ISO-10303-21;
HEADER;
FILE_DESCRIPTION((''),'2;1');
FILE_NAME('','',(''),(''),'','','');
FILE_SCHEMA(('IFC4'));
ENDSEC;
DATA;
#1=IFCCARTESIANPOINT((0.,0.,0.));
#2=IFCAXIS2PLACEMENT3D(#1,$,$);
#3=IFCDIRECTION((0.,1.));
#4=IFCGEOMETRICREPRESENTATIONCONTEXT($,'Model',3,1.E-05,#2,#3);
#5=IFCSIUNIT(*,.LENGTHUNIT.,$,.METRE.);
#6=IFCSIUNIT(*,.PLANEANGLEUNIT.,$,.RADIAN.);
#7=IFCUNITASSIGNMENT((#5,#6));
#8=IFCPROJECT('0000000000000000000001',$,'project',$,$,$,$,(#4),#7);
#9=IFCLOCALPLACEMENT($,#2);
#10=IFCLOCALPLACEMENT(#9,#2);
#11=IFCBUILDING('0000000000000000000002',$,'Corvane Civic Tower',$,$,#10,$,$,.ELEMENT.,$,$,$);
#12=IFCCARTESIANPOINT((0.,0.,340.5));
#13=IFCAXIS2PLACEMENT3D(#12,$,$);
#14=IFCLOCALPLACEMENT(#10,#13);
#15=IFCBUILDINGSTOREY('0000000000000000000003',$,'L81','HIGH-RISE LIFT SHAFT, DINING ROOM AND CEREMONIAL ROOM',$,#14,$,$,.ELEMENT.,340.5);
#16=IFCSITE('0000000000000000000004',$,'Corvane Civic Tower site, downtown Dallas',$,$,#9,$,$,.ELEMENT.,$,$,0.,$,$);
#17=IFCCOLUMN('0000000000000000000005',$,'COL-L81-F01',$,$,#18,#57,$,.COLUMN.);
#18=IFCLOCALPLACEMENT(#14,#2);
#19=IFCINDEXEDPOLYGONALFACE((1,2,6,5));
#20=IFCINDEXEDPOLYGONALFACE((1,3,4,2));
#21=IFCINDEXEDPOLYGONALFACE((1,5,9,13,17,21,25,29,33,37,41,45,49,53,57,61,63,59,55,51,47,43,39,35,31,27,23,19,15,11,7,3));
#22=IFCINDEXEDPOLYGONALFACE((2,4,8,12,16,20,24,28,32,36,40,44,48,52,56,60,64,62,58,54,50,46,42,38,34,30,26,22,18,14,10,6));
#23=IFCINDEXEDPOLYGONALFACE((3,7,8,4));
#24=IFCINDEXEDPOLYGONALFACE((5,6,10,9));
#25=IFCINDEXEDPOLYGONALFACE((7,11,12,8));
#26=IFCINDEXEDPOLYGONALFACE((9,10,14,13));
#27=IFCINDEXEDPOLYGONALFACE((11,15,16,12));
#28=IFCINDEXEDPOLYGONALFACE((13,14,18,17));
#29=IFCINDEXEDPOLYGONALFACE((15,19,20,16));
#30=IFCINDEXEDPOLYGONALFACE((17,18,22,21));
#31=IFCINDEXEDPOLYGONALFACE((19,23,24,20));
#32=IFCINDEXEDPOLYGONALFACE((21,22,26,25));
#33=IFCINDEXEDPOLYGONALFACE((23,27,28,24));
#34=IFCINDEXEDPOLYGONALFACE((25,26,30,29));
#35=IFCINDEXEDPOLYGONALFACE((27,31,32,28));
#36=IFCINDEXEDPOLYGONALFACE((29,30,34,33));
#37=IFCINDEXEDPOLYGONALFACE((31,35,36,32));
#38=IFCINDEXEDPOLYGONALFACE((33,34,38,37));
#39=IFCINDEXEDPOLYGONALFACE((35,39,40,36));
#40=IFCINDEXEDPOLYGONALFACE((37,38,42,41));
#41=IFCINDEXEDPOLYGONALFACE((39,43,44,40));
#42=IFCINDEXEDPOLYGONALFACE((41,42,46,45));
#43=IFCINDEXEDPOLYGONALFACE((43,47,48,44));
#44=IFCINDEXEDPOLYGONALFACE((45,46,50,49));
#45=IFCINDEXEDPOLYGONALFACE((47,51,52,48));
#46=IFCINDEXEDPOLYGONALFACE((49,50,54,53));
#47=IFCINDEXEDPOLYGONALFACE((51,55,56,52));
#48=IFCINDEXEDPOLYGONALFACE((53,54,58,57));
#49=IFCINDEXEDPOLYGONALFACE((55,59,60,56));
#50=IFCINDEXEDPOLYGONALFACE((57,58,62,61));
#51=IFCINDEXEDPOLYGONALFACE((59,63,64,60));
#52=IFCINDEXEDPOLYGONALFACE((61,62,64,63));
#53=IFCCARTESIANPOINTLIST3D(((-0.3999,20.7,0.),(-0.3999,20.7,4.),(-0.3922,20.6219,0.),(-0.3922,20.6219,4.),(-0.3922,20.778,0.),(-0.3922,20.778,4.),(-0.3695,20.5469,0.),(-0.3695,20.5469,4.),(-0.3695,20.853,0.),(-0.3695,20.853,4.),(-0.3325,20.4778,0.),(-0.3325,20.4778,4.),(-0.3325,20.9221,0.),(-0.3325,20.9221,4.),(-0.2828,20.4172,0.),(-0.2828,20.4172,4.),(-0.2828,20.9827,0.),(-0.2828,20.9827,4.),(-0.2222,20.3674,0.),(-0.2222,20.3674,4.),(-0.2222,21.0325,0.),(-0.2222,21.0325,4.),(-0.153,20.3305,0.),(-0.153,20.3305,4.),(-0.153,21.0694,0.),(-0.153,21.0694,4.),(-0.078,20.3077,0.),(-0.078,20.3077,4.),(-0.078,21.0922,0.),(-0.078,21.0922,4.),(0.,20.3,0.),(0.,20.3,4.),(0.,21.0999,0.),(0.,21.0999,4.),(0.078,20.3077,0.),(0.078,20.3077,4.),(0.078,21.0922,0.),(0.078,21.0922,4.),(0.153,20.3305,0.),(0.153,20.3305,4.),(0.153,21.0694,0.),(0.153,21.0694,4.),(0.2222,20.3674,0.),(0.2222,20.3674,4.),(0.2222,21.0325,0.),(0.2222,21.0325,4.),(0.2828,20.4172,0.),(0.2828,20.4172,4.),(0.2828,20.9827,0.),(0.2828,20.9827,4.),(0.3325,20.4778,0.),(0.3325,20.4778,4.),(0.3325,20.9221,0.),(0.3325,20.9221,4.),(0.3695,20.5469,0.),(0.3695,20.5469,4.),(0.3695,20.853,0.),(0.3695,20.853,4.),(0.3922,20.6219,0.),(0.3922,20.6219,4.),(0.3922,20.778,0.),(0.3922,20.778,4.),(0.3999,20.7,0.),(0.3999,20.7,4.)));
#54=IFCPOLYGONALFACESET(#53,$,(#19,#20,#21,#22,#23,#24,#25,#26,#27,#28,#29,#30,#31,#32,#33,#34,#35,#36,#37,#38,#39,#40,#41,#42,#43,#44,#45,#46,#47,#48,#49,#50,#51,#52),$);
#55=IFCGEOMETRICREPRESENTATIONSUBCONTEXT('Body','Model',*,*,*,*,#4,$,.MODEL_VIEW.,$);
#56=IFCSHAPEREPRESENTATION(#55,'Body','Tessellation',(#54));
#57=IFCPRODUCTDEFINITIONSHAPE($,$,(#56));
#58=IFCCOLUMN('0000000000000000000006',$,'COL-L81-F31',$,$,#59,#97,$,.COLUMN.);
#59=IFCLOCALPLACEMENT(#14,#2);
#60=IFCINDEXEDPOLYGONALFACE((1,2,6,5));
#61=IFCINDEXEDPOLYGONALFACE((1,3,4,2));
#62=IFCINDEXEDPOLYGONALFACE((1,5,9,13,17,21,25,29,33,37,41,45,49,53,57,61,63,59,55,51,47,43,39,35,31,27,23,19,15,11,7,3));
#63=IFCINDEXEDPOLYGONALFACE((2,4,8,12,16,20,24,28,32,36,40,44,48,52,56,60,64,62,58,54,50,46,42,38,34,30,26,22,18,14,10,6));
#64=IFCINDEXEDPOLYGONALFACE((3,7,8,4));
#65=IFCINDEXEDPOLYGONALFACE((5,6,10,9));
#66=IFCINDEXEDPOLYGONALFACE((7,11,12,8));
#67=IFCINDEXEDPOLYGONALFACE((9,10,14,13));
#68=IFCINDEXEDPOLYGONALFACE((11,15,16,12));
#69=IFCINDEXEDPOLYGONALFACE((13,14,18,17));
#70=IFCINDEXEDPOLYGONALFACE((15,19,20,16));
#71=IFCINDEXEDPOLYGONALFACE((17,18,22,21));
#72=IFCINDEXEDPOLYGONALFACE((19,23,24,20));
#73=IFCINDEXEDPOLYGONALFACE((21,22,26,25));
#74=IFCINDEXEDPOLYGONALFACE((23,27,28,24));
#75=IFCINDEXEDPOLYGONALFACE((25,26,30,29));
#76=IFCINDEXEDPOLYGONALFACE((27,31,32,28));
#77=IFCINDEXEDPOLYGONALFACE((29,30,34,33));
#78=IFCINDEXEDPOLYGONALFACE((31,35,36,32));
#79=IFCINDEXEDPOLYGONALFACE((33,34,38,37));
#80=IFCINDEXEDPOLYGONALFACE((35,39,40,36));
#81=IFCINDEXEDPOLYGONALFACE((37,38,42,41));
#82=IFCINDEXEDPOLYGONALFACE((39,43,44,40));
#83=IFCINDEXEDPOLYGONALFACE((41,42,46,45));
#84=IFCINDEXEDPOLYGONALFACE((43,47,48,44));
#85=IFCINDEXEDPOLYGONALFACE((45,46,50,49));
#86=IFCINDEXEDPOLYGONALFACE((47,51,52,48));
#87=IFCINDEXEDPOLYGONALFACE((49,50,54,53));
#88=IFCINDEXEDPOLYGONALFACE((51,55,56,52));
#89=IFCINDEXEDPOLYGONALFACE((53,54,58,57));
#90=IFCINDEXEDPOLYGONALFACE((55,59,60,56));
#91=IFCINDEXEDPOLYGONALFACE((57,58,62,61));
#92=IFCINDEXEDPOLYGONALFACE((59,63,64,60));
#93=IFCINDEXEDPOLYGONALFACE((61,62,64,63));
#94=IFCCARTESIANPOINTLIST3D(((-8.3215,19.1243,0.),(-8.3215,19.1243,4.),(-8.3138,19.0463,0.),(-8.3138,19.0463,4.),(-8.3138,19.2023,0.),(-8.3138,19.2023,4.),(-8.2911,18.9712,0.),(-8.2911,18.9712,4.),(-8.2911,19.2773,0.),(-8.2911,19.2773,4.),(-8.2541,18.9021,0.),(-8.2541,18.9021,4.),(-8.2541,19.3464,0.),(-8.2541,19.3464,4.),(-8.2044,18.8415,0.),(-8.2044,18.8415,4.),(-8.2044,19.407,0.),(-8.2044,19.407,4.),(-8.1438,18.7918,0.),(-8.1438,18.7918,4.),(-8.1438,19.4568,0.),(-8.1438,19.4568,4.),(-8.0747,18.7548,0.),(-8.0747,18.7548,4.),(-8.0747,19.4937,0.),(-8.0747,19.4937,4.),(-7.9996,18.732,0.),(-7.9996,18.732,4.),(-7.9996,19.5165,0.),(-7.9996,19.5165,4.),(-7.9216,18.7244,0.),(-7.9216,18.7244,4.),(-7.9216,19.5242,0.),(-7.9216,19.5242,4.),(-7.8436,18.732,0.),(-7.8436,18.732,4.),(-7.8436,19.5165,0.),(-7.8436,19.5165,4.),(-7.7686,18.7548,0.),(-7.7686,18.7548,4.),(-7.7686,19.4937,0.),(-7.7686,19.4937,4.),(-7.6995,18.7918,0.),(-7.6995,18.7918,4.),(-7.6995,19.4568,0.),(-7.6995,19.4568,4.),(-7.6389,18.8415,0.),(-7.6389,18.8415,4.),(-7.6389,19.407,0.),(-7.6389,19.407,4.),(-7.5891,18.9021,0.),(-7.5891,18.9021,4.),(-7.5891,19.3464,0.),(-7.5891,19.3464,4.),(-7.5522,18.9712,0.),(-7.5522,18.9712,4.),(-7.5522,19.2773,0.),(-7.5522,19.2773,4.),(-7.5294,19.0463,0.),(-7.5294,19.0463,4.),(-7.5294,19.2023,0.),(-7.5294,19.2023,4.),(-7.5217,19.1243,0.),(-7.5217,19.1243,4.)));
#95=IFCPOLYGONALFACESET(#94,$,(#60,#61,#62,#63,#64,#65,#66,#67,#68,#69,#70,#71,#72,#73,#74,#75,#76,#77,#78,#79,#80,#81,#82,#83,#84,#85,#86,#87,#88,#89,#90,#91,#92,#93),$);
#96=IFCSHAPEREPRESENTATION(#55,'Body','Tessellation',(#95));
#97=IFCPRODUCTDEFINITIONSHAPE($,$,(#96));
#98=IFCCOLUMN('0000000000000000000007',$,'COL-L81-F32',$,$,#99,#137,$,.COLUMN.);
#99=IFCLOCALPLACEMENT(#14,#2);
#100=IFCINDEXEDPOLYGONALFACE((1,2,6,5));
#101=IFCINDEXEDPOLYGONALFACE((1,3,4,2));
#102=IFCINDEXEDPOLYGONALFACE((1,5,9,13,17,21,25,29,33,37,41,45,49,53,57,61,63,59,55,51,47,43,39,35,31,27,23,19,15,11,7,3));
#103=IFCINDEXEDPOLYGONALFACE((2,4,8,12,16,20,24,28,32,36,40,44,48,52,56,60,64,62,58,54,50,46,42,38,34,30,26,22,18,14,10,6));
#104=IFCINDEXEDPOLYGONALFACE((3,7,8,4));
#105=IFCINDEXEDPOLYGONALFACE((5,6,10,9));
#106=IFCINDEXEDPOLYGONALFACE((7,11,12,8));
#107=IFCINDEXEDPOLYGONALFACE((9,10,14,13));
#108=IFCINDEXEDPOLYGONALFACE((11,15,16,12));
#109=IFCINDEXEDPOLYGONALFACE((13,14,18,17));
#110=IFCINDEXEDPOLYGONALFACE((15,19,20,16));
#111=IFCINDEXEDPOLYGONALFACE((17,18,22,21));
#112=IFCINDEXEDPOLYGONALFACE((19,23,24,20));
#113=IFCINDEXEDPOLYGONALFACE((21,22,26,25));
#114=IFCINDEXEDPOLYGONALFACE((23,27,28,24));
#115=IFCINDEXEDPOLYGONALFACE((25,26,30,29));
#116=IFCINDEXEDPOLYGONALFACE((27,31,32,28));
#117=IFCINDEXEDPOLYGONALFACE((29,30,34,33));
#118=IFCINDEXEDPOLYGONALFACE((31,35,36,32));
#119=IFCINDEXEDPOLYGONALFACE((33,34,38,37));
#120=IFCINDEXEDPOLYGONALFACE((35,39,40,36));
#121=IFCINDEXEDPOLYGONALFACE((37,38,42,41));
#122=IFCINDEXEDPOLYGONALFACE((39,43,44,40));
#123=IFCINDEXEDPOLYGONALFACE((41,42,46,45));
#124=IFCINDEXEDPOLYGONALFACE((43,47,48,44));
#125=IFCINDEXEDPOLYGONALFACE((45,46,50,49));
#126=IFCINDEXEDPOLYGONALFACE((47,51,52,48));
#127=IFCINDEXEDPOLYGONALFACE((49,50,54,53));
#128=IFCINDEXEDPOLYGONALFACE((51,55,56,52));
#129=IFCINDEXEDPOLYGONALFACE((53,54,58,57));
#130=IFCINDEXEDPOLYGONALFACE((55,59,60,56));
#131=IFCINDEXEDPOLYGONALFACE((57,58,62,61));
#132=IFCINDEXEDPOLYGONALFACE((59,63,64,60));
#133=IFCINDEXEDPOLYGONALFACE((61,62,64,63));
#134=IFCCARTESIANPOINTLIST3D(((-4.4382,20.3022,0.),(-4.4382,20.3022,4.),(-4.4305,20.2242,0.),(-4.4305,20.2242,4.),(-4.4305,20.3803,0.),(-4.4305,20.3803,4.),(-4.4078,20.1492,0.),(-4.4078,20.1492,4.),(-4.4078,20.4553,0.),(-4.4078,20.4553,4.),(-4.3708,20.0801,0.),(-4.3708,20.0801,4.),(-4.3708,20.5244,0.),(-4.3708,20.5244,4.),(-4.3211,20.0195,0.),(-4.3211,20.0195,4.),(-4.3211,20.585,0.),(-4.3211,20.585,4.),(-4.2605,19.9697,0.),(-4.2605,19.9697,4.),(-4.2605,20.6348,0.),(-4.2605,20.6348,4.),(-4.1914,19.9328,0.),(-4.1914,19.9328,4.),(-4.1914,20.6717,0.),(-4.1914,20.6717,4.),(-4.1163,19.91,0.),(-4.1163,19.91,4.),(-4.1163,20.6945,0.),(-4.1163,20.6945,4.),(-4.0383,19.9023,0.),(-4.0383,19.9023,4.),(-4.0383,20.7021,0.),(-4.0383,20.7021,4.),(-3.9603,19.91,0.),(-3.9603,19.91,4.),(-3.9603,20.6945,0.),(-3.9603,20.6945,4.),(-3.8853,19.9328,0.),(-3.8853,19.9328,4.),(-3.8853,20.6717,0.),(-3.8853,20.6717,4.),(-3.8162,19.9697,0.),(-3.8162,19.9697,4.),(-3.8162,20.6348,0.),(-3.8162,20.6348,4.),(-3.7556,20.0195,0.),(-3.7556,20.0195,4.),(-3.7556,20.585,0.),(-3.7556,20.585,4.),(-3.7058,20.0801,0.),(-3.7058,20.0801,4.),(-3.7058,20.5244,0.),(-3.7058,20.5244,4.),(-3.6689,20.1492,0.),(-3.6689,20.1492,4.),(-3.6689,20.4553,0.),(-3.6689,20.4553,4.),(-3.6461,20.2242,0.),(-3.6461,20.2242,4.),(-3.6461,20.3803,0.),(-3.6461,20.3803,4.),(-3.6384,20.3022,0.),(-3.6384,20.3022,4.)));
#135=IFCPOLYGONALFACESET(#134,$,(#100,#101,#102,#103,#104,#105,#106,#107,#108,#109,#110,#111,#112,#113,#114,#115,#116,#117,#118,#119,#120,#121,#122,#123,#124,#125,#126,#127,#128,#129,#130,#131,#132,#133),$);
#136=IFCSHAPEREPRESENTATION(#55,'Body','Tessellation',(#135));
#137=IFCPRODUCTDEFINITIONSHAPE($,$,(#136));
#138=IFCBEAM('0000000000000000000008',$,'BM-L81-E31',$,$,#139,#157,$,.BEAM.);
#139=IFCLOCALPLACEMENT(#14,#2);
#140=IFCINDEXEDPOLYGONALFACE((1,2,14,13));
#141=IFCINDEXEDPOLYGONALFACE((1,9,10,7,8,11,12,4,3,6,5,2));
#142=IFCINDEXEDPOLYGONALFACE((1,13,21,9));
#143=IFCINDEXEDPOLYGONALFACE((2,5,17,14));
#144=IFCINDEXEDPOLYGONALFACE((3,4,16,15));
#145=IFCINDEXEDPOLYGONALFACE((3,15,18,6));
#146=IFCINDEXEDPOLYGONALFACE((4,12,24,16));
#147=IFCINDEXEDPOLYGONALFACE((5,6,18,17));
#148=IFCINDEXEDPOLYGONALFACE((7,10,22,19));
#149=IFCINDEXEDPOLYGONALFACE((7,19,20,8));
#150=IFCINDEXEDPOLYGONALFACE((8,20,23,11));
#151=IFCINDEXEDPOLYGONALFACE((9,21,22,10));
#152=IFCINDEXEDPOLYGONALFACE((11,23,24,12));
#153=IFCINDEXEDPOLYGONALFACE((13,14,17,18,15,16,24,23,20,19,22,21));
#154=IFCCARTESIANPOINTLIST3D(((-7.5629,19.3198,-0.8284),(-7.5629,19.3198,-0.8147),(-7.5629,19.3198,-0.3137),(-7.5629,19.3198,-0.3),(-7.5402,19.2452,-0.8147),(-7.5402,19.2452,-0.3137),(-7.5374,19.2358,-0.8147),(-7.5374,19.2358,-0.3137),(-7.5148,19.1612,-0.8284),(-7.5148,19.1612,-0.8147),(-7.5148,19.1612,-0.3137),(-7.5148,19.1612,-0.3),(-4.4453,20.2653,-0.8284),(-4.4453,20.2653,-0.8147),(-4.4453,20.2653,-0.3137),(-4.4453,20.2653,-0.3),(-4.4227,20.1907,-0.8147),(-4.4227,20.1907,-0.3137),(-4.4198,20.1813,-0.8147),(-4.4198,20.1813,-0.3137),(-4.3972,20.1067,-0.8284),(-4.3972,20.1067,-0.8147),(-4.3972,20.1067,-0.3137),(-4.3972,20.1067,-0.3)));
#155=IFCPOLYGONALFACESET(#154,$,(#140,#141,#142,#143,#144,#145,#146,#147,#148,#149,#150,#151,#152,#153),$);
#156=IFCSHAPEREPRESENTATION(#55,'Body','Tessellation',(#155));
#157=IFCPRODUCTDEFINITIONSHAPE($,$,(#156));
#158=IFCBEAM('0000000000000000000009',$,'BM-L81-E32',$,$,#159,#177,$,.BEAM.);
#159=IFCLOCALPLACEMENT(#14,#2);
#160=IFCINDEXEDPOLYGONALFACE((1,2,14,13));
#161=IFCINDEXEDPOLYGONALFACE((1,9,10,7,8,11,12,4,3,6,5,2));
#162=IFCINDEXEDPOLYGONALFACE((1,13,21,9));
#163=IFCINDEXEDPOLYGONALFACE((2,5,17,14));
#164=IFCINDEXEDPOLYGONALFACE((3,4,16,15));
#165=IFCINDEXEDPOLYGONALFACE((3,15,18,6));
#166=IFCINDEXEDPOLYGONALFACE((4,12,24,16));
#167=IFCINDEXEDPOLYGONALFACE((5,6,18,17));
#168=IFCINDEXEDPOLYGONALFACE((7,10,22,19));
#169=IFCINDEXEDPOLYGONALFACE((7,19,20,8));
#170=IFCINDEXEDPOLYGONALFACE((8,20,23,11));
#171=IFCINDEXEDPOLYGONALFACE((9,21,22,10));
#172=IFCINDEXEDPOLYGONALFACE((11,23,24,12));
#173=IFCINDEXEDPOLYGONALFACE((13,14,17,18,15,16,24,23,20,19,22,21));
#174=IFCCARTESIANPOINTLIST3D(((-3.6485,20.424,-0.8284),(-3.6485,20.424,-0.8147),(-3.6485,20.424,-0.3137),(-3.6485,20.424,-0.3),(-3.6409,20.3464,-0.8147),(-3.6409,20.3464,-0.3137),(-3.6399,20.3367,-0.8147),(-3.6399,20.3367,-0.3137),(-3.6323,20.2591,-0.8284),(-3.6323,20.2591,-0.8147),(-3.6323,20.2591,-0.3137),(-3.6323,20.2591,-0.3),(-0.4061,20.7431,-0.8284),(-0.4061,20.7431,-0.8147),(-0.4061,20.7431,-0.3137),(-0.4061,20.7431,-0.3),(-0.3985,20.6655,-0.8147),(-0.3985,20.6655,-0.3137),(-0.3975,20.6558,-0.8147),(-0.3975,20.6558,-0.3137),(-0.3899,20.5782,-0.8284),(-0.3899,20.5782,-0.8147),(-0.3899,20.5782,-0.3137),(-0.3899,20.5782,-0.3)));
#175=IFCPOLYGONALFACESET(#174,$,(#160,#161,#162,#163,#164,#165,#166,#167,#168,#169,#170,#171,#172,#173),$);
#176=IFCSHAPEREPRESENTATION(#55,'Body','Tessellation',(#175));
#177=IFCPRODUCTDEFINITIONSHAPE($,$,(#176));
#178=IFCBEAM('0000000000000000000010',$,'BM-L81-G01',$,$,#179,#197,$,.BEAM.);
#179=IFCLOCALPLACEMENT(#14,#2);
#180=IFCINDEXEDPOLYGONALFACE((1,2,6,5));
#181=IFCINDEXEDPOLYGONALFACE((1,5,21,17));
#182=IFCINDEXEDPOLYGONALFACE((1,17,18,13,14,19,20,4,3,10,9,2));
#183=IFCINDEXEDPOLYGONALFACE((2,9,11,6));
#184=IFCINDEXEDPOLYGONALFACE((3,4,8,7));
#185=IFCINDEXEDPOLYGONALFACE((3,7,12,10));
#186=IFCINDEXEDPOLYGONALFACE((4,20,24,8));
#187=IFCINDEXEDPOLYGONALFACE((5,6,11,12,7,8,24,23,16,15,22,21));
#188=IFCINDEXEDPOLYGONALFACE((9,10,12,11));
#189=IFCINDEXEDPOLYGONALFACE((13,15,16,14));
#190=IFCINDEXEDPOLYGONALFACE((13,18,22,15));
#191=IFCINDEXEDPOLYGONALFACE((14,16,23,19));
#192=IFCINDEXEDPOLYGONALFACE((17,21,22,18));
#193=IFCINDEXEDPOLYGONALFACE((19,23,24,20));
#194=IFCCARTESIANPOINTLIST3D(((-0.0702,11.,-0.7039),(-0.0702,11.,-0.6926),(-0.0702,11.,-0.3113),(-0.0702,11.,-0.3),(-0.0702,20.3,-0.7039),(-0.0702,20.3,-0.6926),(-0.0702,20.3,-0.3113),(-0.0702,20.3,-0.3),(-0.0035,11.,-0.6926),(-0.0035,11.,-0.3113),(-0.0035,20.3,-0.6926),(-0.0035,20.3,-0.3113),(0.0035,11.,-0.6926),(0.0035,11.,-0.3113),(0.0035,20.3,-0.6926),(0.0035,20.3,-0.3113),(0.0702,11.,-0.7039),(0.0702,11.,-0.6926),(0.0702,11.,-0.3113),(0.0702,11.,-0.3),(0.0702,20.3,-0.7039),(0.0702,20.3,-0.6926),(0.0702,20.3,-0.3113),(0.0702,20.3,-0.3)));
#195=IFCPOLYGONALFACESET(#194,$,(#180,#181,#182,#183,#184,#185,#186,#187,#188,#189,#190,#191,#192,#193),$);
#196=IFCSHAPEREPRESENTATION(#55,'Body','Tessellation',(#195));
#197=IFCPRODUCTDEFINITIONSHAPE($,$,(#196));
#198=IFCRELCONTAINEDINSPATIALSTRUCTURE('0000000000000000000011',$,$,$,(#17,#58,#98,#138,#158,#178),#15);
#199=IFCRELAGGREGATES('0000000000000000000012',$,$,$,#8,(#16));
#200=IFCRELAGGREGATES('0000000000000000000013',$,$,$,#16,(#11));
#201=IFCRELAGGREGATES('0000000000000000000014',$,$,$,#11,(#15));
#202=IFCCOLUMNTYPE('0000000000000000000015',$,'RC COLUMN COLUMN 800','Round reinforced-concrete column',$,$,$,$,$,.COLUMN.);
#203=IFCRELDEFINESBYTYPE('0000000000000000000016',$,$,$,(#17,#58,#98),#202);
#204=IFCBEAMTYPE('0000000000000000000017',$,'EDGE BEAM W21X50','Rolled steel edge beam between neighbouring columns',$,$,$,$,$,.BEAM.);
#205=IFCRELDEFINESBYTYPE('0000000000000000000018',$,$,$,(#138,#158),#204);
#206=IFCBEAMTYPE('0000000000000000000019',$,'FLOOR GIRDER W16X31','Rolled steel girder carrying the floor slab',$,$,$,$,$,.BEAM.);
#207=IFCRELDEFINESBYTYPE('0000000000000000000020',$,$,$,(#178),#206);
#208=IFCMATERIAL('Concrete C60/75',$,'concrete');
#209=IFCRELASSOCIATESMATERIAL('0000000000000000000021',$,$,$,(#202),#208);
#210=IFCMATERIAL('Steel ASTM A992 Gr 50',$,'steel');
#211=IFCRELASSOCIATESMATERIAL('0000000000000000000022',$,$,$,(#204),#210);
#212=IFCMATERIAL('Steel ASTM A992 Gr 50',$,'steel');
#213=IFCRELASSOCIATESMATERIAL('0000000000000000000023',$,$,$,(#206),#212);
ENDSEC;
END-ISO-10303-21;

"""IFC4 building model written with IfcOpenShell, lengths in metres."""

from ifc_helpers import new_model, si_unit, direction, frame, origin, origin_2d, place, context, subcontext, project, spatial, circle, i_section, extrude, material, material_profile, profile_set, type_object, element, save


model = new_model("IFC4")

# Units and contexts
model_context = context("Model", 3, precision=1e-05, world=origin(), true_north=direction((0.0, 1.0)))
body_context = subcontext(model_context, "Body", "Model", "MODEL_VIEW")
ifc_project = project(units=[si_unit("LENGTHUNIT", "METRE"), si_unit("PLANEANGLEUNIT", "RADIAN")], contexts=[model_context])

# Site, building, storey
site_placement = place(None, origin())
site = spatial("IfcSite", under=ifc_project, at=site_placement, Name="Corvane Civic Tower site, downtown Dallas", CompositionType="ELEMENT", RefElevation=0.0)
building_placement = place(site_placement, origin())
building = spatial("IfcBuilding", under=site, at=building_placement, Name="Corvane Civic Tower", CompositionType="ELEMENT")
storey_placement = place(building_placement, frame((0.0, 0.0, 340.5)))
storey = spatial("IfcBuildingStorey", under=building, at=storey_placement, Name="L81", Description="HIGH-RISE LIFT SHAFT, DINING ROOM AND CEREMONIAL ROOM", CompositionType="ELEMENT", Elevation=340.5)

# Columns
ifc_material_1 = material(Name="Concrete C60/75", Category="concrete")
ifc_material_profile_1 = material_profile(ifc_material_1, circle(Radius=0.3999, at=origin_2d()), Name="COLUMN 800")
ifc_profile_set_1 = profile_set([ifc_material_profile_1], Name="Concrete C60/75")
column_type = type_object("IfcColumnType", Name="RC COLUMN COLUMN 800", Description="Round reinforced-concrete column", PredefinedType="COLUMN", material=ifc_profile_set_1)
for number, where, z_axis, x_axis, name in (
    (1, (0.0, 20.7, 0.0), (0.0, 0.0, 1.0), (1.0, 0.0, 0.0), "COL-L81-F01"),
    (2, (-7.9216, 19.1243, 0.0), (0.0, 0.0, 1.0), (1.0, 0.0, 0.0), "COL-L81-F31"),
    (3, (-4.0383, 20.3022, 0.0), (0.0, 0.0, 1.0), (1.0, 0.0, 0.0), "COL-L81-F32"),
):
    element("IfcColumn", number, at=place(storey_placement, frame(where, z_axis=z_axis, x_axis=x_axis)), inside=storey, type_object=column_type, Name=name, PredefinedType="COLUMN", context=body_context, shape_type="SweptSolid", body=[
        extrude(circle(Radius=0.3999, at=origin_2d()), origin(), (0.0, 0.0, 1.0), 4.0),
    ])

# Beams
ifc_material_2 = material(Name="Steel ASTM A992 Gr 50", Category="steel")
ifc_material_profile_2 = material_profile(ifc_material_2, i_section(OverallWidth=0.1658, OverallDepth=0.5283, WebThickness=0.0098, FlangeThickness=0.0137, at=origin_2d()), Name="W21X50")
ifc_profile_set_2 = profile_set([ifc_material_profile_2], Name="Steel ASTM A992 Gr 50")
beam_type_1 = type_object("IfcBeamType", Name="EDGE BEAM W21X50", Description="Rolled steel edge beam between neighbouring columns", PredefinedType="BEAM", material=ifc_profile_set_2)
beam_1_placement = place(storey_placement, frame((-7.5388, 19.2405, -0.5642), z_axis=(0.956956, 0.290234, 0.0), x_axis=(-0.290234, 0.956956, 0.0)))
element("IfcBeam", 4, at=beam_1_placement, inside=storey, type_object=beam_type_1, Name="BM-L81-E31", PredefinedType="BEAM", context=body_context, shape_type="SweptSolid", body=[
    extrude(i_section(OverallWidth=0.1658, OverallDepth=0.5283, WebThickness=0.0098, FlangeThickness=0.0137, at=origin_2d()), origin(), (0.0, 0.0, 1.0), 3.2578),
])
beam_2_placement = place(storey_placement, frame((-3.6404, 20.3416, -0.5642), z_axis=(0.995193, 0.097938, 0.0), x_axis=(-0.097938, 0.995193, 0.0)))
element("IfcBeam", 5, at=beam_2_placement, inside=storey, type_object=beam_type_1, Name="BM-L81-E32", PredefinedType="BEAM", context=body_context, shape_type="SweptSolid", body=[
    extrude(i_section(OverallWidth=0.1658, OverallDepth=0.5283, WebThickness=0.0098, FlangeThickness=0.0137, at=origin_2d()), origin(), (0.0, 0.0, 1.0), 3.2581),
])
ifc_material_3 = material(Name="Steel ASTM A992 Gr 50", Category="steel")
ifc_material_profile_3 = material_profile(ifc_material_3, i_section(OverallWidth=0.1404, OverallDepth=0.4038, WebThickness=0.0071, FlangeThickness=0.0112, at=origin_2d()), Name="W16X31")
ifc_profile_set_3 = profile_set([ifc_material_profile_3], Name="Steel ASTM A992 Gr 50")
beam_type_2 = type_object("IfcBeamType", Name="FLOOR GIRDER W16X31", Description="Rolled steel girder carrying the floor slab", PredefinedType="BEAM", material=ifc_profile_set_3)
beam_3_placement = place(storey_placement, frame((0.0, 11.0, -0.502), z_axis=(0.0, 1.0, 0.0), x_axis=(-1.0, 0.0, 0.0)))
element("IfcBeam", 6, at=beam_3_placement, inside=storey, type_object=beam_type_2, Name="BM-L81-G01", PredefinedType="BEAM", context=body_context, shape_type="SweptSolid", body=[
    extrude(i_section(OverallWidth=0.1404, OverallDepth=0.4038, WebThickness=0.0071, FlangeThickness=0.0112, at=origin_2d()), origin(), (0.0, 0.0, 1.0), 9.3),
])

save(model, "model.ifc")
